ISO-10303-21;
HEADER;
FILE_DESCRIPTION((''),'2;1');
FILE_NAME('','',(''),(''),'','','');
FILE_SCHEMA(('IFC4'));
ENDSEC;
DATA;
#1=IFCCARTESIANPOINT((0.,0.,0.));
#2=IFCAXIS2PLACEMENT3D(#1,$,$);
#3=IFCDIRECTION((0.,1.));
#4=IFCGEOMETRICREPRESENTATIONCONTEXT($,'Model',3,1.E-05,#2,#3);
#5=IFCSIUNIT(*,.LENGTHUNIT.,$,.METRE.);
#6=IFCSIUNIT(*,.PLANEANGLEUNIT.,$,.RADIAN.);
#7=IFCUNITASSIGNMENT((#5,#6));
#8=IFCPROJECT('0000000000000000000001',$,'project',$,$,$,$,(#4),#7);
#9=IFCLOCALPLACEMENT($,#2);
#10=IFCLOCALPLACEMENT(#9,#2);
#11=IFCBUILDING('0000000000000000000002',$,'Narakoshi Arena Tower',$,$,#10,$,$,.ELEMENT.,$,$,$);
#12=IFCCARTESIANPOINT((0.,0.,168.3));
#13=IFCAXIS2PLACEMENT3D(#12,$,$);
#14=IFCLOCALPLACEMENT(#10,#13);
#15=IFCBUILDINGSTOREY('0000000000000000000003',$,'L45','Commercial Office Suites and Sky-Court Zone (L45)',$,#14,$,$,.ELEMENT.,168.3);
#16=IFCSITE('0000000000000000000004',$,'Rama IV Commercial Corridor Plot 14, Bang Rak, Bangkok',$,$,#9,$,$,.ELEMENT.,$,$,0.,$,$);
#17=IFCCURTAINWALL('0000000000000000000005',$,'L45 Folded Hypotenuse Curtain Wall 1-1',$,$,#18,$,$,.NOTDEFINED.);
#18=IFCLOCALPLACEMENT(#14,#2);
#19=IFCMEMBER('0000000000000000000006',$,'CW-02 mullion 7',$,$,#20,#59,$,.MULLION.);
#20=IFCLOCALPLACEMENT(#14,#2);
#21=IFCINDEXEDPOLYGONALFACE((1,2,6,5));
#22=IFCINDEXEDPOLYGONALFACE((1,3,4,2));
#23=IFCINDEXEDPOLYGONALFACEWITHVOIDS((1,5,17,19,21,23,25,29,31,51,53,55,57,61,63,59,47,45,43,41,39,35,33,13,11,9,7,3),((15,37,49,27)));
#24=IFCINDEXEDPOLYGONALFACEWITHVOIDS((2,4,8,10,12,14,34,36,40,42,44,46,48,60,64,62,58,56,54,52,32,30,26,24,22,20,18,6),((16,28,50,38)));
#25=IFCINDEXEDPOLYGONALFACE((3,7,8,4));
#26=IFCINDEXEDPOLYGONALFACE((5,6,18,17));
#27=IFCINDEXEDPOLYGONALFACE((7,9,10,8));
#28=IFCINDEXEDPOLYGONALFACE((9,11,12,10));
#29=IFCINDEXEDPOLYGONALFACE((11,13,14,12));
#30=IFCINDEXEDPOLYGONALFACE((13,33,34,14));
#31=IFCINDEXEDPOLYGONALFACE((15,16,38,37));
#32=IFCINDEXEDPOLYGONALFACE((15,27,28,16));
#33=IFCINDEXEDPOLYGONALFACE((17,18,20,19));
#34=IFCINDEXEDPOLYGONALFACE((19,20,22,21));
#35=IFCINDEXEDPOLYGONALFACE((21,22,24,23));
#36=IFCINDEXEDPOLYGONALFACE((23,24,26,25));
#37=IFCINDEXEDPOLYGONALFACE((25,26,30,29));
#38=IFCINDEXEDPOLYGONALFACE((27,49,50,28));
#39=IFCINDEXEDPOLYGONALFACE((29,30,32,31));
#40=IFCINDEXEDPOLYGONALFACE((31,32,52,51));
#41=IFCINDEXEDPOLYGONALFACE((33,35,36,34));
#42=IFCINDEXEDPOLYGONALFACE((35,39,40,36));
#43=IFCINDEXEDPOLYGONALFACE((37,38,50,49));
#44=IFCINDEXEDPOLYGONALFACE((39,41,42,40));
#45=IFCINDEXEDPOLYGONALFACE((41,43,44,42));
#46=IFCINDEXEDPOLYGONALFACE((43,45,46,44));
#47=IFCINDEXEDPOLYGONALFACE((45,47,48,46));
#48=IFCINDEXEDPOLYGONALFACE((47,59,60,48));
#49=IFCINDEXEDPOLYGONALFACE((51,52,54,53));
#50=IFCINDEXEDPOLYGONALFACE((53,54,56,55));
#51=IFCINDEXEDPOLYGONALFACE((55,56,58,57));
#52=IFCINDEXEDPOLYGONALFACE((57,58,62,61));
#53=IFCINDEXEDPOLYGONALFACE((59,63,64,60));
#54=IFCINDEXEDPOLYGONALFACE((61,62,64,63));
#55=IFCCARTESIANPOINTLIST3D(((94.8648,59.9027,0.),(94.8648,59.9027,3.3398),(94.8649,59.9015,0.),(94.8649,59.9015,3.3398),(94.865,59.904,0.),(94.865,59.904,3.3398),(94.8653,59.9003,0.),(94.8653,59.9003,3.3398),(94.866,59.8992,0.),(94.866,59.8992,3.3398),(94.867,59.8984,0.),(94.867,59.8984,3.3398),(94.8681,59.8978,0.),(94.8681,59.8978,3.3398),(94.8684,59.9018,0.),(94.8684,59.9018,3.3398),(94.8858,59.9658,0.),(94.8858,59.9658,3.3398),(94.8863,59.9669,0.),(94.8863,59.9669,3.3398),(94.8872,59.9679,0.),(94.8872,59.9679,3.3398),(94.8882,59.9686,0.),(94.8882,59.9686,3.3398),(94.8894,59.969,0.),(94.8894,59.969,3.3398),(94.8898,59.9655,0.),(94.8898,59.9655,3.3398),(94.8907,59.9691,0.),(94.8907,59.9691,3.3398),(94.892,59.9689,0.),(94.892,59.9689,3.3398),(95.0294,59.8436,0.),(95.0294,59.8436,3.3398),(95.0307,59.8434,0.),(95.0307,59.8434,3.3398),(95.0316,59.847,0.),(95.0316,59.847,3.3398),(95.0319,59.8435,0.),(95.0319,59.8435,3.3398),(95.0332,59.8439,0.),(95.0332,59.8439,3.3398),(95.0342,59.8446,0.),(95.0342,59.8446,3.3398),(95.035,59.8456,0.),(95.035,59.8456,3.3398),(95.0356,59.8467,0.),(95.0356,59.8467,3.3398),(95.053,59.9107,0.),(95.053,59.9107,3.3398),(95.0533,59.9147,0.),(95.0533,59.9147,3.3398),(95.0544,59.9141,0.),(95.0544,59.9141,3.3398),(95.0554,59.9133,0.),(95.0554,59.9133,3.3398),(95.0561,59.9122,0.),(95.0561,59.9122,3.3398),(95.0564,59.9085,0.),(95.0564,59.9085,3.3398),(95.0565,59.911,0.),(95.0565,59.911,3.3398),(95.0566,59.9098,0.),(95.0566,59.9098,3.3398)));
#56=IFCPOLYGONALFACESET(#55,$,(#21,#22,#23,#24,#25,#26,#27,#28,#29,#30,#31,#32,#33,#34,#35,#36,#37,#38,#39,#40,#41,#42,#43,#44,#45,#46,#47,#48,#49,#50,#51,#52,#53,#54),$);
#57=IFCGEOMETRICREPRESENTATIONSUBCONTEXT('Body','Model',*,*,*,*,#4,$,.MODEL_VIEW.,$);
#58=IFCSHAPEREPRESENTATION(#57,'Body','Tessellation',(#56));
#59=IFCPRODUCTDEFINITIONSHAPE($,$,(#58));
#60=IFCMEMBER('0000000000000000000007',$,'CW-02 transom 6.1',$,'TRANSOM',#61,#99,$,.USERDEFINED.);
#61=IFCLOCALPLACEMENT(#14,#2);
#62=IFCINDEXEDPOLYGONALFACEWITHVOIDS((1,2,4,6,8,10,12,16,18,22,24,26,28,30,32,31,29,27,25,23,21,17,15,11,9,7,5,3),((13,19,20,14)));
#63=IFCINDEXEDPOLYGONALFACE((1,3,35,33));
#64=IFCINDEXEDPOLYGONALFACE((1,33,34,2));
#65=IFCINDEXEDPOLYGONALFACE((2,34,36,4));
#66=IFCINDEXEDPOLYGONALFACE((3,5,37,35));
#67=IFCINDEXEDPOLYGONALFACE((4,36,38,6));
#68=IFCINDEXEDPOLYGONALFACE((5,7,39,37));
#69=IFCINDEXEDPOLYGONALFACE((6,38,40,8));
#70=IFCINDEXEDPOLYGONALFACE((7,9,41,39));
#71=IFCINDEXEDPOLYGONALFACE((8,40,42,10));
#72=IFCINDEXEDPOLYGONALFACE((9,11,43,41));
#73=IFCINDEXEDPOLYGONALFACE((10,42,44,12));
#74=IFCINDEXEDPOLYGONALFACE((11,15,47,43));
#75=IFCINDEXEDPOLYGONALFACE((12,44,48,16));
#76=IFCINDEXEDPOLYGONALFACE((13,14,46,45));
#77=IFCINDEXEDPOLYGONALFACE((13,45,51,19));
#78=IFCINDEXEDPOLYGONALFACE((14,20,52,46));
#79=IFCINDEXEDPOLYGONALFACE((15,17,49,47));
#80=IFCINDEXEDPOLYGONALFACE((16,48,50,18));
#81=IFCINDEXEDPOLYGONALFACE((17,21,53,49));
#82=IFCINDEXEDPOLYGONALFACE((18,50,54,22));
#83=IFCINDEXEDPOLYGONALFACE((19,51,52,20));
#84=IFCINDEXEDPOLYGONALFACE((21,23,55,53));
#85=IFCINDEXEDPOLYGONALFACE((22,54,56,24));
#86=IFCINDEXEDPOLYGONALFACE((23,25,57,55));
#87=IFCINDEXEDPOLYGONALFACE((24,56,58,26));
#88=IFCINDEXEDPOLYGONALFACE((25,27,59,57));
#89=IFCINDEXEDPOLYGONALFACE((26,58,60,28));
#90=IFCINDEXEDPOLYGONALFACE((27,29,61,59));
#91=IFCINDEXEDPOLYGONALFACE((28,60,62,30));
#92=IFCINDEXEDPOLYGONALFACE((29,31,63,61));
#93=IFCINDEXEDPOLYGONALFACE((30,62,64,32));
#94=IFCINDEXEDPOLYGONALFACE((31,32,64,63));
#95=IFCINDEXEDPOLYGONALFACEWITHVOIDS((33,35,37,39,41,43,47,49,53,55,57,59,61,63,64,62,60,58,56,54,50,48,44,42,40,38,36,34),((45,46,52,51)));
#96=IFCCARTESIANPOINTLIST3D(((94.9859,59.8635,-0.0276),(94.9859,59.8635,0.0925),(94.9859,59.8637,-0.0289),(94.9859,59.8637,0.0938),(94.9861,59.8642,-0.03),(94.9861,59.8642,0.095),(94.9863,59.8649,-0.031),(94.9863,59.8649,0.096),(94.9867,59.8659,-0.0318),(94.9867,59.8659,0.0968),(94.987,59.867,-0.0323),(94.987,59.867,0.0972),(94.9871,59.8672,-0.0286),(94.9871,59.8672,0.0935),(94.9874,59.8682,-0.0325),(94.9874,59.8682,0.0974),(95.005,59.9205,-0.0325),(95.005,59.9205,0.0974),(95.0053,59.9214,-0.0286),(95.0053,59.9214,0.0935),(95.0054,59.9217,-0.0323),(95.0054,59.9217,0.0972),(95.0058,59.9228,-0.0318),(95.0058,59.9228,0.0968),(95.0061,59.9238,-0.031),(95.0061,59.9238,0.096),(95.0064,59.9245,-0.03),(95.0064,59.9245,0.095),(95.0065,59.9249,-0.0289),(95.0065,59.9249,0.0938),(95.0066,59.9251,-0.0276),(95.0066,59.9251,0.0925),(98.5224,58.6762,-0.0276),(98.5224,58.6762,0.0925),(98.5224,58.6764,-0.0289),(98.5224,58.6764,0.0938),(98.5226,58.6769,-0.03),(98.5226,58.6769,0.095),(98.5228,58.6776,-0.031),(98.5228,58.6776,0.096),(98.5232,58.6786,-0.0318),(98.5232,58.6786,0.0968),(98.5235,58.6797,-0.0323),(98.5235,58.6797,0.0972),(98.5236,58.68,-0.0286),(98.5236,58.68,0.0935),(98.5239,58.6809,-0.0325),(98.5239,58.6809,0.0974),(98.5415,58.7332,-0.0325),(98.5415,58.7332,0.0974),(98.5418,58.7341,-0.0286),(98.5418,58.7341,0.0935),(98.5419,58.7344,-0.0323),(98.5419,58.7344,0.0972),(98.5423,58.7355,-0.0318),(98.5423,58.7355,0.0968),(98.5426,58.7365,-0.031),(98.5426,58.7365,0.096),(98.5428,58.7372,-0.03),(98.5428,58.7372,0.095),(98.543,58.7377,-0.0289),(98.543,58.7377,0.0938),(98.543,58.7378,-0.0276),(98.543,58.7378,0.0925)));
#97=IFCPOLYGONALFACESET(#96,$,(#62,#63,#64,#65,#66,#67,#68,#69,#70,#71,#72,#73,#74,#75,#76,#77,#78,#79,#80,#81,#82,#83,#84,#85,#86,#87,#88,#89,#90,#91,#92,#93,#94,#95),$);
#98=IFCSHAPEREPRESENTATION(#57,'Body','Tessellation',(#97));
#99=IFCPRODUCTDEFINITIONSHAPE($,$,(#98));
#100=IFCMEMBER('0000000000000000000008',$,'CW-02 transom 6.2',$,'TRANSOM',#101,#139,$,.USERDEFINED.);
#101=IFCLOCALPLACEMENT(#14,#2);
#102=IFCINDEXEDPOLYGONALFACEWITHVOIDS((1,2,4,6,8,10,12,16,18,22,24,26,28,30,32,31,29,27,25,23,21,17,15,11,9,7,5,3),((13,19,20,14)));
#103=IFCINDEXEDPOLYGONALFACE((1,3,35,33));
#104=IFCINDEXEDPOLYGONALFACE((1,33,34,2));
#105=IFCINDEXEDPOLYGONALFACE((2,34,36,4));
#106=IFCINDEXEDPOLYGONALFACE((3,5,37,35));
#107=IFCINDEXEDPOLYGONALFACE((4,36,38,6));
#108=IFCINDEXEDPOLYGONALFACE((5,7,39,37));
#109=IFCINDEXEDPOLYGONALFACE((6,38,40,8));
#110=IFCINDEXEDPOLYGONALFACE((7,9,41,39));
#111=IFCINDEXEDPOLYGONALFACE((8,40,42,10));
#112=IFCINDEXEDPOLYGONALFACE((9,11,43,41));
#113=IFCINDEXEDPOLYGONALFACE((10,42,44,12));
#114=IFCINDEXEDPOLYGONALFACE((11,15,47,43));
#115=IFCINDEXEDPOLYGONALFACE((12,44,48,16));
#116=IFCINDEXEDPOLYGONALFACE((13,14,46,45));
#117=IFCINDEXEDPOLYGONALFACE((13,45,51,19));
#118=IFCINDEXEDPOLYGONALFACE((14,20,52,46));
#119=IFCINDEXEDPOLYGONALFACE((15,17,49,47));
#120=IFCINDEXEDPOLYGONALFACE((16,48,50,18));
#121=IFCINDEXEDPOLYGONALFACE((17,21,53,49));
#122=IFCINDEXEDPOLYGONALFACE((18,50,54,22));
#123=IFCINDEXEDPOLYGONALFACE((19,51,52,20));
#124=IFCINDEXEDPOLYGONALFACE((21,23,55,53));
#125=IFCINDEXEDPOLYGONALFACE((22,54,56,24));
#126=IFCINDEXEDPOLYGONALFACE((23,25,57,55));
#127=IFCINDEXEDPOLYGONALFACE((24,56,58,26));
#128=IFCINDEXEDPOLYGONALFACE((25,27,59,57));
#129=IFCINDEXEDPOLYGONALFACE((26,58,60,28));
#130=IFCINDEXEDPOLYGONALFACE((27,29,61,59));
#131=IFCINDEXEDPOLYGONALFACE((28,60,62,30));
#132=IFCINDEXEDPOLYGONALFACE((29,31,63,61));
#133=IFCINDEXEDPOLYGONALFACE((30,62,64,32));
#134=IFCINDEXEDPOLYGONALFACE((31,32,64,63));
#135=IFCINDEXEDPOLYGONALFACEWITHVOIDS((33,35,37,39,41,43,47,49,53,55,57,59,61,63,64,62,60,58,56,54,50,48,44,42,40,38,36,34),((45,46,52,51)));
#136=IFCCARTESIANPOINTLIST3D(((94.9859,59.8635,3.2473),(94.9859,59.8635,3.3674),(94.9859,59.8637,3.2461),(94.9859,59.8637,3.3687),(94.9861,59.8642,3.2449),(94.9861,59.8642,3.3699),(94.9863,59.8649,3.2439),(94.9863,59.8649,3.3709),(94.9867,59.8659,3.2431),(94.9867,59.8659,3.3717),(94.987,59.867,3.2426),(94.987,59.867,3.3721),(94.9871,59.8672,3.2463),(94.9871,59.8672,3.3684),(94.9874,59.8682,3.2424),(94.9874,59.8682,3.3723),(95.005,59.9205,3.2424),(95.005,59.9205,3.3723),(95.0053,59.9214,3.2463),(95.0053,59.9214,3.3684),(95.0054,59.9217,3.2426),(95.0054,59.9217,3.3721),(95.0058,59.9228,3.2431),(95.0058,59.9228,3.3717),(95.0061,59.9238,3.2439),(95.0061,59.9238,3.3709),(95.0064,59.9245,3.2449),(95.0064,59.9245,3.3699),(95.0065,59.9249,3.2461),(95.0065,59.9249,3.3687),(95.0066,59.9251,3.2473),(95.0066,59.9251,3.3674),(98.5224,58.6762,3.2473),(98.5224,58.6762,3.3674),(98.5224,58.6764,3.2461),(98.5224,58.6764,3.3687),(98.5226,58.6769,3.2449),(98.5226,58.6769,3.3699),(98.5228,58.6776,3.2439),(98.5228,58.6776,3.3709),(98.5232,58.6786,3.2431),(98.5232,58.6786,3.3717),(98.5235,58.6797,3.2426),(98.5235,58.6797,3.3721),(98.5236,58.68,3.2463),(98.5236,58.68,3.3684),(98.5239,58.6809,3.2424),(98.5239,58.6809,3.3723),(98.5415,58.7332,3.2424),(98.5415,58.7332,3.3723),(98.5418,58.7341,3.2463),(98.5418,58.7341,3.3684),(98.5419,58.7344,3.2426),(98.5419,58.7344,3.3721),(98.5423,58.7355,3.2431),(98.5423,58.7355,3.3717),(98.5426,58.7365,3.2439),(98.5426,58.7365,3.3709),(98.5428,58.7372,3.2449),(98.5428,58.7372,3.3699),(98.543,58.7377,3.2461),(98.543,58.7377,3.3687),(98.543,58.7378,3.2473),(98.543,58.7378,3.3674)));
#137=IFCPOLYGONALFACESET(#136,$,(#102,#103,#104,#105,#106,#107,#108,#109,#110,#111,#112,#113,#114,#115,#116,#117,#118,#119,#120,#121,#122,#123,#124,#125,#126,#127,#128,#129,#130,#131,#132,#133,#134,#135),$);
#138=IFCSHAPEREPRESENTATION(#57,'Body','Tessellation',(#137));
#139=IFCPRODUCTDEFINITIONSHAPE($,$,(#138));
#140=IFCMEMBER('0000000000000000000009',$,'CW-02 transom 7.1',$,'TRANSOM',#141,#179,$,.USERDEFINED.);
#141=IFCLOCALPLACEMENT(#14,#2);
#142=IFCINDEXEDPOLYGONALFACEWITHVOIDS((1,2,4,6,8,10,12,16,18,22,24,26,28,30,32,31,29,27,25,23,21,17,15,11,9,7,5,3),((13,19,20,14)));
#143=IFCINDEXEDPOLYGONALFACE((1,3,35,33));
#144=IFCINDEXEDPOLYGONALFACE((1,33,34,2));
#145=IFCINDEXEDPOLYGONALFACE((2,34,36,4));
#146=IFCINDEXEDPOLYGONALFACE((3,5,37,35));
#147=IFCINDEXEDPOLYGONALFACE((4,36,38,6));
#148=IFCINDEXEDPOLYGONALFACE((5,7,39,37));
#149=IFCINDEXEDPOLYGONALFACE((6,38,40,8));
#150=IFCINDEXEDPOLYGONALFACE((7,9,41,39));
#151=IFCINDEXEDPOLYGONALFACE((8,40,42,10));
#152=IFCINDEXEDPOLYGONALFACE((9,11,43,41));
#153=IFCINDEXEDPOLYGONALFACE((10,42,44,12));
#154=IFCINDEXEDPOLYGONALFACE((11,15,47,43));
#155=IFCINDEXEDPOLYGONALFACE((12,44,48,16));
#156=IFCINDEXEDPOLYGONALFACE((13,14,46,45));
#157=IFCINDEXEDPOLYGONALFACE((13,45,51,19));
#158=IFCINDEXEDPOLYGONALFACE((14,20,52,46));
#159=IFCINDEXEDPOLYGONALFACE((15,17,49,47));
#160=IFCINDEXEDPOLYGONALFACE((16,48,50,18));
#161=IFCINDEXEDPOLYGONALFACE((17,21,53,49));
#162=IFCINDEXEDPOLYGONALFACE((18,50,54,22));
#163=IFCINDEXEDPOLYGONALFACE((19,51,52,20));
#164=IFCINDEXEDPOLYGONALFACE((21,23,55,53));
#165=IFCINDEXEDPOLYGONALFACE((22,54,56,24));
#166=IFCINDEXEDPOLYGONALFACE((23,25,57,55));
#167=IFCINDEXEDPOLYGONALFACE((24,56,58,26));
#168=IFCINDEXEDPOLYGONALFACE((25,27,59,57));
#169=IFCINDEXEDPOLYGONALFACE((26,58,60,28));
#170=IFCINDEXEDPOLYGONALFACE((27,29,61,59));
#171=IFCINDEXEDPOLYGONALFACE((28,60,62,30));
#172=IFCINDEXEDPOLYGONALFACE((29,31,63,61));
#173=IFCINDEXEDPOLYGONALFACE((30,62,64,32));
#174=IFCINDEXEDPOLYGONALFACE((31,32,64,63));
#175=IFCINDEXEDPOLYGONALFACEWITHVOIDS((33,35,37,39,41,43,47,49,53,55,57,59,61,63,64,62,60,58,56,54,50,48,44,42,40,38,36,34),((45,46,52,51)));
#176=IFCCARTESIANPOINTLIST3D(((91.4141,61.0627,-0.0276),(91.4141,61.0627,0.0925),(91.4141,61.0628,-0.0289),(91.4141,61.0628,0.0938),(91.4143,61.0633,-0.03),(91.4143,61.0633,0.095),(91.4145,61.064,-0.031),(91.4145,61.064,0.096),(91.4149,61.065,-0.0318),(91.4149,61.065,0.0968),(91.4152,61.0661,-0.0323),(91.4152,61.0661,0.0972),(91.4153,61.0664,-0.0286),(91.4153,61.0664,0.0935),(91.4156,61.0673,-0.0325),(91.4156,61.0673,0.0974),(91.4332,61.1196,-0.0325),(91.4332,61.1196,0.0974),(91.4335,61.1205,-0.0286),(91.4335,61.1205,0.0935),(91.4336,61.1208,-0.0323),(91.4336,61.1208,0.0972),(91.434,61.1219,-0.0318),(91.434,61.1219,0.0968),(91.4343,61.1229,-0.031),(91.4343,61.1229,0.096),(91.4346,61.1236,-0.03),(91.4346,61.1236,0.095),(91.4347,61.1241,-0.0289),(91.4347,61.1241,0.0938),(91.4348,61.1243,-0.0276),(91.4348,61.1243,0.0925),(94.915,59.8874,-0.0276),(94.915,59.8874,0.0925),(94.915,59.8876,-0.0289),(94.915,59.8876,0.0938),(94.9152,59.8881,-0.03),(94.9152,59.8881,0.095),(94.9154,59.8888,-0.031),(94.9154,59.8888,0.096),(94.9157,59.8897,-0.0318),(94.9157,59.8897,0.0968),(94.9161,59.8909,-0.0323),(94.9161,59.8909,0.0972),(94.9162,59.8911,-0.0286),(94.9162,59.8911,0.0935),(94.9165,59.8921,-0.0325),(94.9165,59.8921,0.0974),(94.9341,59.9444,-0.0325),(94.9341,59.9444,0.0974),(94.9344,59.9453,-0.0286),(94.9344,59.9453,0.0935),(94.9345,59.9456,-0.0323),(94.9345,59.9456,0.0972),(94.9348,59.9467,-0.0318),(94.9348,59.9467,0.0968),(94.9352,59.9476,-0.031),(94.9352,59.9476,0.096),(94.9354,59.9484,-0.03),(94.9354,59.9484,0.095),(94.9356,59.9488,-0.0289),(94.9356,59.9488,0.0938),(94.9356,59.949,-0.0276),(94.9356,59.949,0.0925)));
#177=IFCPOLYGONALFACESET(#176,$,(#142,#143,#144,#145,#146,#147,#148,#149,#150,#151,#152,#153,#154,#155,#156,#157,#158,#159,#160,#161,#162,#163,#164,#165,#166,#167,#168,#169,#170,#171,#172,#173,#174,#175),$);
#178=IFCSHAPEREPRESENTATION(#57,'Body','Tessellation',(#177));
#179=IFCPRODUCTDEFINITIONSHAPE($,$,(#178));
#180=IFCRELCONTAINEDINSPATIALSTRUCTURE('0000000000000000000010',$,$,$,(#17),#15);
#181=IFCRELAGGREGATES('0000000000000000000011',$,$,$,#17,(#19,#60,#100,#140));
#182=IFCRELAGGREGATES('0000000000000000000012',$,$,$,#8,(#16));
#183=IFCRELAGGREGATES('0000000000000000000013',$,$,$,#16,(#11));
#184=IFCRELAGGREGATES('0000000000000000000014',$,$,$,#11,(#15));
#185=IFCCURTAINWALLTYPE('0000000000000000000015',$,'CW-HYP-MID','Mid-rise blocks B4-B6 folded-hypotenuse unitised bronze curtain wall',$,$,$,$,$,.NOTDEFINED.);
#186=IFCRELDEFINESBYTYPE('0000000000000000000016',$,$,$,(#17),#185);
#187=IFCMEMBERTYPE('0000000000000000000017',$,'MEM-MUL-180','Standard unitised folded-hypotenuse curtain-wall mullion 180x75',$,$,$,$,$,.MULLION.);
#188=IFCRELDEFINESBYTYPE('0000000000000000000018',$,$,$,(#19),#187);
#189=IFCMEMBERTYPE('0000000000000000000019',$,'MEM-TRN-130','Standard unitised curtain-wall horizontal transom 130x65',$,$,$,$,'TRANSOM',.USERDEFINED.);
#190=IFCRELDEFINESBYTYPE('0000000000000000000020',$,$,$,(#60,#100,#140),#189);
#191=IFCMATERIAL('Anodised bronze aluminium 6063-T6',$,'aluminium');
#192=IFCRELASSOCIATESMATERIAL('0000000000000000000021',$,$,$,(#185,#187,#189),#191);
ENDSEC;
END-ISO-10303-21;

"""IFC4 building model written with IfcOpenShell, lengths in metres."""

from ifc_helpers import new_model, si_unit, direction, frame, origin, origin_2d, place, context, subcontext, project, spatial, hollow_rectangle, extrude, material, material_profile, profile_set, type_object, element, aggregate, save


model = new_model("IFC4")

# Units and contexts
model_context = context("Model", 3, precision=1e-05, world=origin(), true_north=direction((0.0, 1.0)))
body_context = subcontext(model_context, "Body", "Model", "MODEL_VIEW")
ifc_project = project(units=[si_unit("LENGTHUNIT", "METRE"), si_unit("PLANEANGLEUNIT", "RADIAN")], contexts=[model_context])

# Site, building, storey
site_placement = place(None, origin())
site = spatial("IfcSite", under=ifc_project, at=site_placement, Name="Rama IV Commercial Corridor Plot 14, Bang Rak, Bangkok", CompositionType="ELEMENT", RefElevation=0.0)
building_placement = place(site_placement, origin())
building = spatial("IfcBuilding", under=site, at=building_placement, Name="Narakoshi Arena Tower", CompositionType="ELEMENT")
storey_placement = place(building_placement, frame((0.0, 0.0, 168.3)))
storey = spatial("IfcBuildingStorey", under=building, at=storey_placement, Name="L45", Description="Commercial Office Suites and Sky-Court Zone (L45)", CompositionType="ELEMENT", Elevation=168.3)

# Curtain wall, members
ifc_material_1 = material(Name="Anodised bronze aluminium 6063-T6", Category="aluminium")
curtain_wall_type = type_object("IfcCurtainWallType", Name="CW-HYP-MID", Description="Mid-rise blocks B4-B6 folded-hypotenuse unitised bronze curtain wall", PredefinedType="NOTDEFINED", material=ifc_material_1)
curtain_wall_placement = place(storey_placement, origin())
curtain_wall = element("IfcCurtainWall", 1, at=curtain_wall_placement, inside=storey, type_object=curtain_wall_type, Name="L45 Folded Hypotenuse Curtain Wall 1-1", PredefinedType="NOTDEFINED")
ifc_material_profile_1 = material_profile(ifc_material_1, hollow_rectangle(XDim=0.075, YDim=0.1799, WallThickness=0.0039, OuterFilletRadius=0.0049, at=origin_2d()), Name="MUL180x75x4")
ifc_profile_set_1 = profile_set([ifc_material_profile_1], Name="Anodised bronze aluminium 6063-T6")
member_type_1 = type_object("IfcMemberType", Name="MEM-MUL-180", Description="Standard unitised folded-hypotenuse curtain-wall mullion 180x75", PredefinedType="MULLION", material=ifc_profile_set_1)
member_1_placement = place(storey_placement, frame((94.9607, 59.9062, 0.0), z_axis=(0.0, 0.0, 1.0), x_axis=(-0.318261, -0.948003, 0.0)))
member_1 = element("IfcMember", 2, at=member_1_placement, type_object=member_type_1, Name="CW-02 mullion 7", PredefinedType="MULLION", context=body_context, shape_type="SweptSolid", body=[
    extrude(hollow_rectangle(XDim=0.075, YDim=0.1799, WallThickness=0.0039, OuterFilletRadius=0.0049, at=origin_2d()), origin(), (0.0, 0.0, 1.0), 3.3398),
])
ifc_material_profile_2 = material_profile(ifc_material_1, hollow_rectangle(XDim=0.0649, YDim=0.1299, WallThickness=0.0039, OuterFilletRadius=0.0049, at=origin_2d()), Name="TRN130x65x4")
ifc_profile_set_2 = profile_set([ifc_material_profile_2], Name="Anodised bronze aluminium 6063-T6")
member_type_2 = type_object("IfcMemberType", Name="MEM-TRN-130", Description="Standard unitised curtain-wall horizontal transom 130x65", ElementType="TRANSOM", PredefinedType="USERDEFINED", material=ifc_profile_set_2)
member_2_placement = place(storey_placement, frame((98.5327, 58.707, 0.0325), z_axis=(-0.948, 0.318269, 0.0), x_axis=(-0.318269, -0.948, 0.0)))
member_2 = element("IfcMember", 3, at=member_2_placement, type_object=member_type_2, Name="CW-02 transom 6.1", ObjectType="TRANSOM", PredefinedType="USERDEFINED", context=body_context, shape_type="SweptSolid", body=[
    extrude(hollow_rectangle(XDim=0.0649, YDim=0.1299, WallThickness=0.0039, OuterFilletRadius=0.0049, at=origin_2d()), origin(), (0.0, 0.0, 1.0), 3.7305),
])
member_3_placement = place(storey_placement, frame((98.5327, 58.707, 3.3074), z_axis=(-0.948, 0.318269, 0.0), x_axis=(-0.318269, -0.948, 0.0)))
member_3 = element("IfcMember", 4, at=member_3_placement, type_object=member_type_2, Name="CW-02 transom 6.2", ObjectType="TRANSOM", PredefinedType="USERDEFINED", context=body_context, shape_type="SweptSolid", body=[
    extrude(hollow_rectangle(XDim=0.0649, YDim=0.1299, WallThickness=0.0039, OuterFilletRadius=0.0049, at=origin_2d()), origin(), (0.0, 0.0, 1.0), 3.7305),
])
member_4_placement = place(storey_placement, frame((94.9253, 59.9182, 0.0325), z_axis=(-0.948007, 0.31825, 0.0), x_axis=(-0.31825, -0.948007, 0.0)))
member_4 = element("IfcMember", 5, at=member_4_placement, type_object=member_type_2, Name="CW-02 transom 7.1", ObjectType="TRANSOM", PredefinedType="USERDEFINED", context=body_context, shape_type="SweptSolid", body=[
    extrude(hollow_rectangle(XDim=0.0649, YDim=0.1299, WallThickness=0.0039, OuterFilletRadius=0.0049, at=origin_2d()), origin(), (0.0, 0.0, 1.0), 3.6929),
])
aggregate(curtain_wall, [member_1, member_2, member_3, member_4])

save(model, "model.ifc")
